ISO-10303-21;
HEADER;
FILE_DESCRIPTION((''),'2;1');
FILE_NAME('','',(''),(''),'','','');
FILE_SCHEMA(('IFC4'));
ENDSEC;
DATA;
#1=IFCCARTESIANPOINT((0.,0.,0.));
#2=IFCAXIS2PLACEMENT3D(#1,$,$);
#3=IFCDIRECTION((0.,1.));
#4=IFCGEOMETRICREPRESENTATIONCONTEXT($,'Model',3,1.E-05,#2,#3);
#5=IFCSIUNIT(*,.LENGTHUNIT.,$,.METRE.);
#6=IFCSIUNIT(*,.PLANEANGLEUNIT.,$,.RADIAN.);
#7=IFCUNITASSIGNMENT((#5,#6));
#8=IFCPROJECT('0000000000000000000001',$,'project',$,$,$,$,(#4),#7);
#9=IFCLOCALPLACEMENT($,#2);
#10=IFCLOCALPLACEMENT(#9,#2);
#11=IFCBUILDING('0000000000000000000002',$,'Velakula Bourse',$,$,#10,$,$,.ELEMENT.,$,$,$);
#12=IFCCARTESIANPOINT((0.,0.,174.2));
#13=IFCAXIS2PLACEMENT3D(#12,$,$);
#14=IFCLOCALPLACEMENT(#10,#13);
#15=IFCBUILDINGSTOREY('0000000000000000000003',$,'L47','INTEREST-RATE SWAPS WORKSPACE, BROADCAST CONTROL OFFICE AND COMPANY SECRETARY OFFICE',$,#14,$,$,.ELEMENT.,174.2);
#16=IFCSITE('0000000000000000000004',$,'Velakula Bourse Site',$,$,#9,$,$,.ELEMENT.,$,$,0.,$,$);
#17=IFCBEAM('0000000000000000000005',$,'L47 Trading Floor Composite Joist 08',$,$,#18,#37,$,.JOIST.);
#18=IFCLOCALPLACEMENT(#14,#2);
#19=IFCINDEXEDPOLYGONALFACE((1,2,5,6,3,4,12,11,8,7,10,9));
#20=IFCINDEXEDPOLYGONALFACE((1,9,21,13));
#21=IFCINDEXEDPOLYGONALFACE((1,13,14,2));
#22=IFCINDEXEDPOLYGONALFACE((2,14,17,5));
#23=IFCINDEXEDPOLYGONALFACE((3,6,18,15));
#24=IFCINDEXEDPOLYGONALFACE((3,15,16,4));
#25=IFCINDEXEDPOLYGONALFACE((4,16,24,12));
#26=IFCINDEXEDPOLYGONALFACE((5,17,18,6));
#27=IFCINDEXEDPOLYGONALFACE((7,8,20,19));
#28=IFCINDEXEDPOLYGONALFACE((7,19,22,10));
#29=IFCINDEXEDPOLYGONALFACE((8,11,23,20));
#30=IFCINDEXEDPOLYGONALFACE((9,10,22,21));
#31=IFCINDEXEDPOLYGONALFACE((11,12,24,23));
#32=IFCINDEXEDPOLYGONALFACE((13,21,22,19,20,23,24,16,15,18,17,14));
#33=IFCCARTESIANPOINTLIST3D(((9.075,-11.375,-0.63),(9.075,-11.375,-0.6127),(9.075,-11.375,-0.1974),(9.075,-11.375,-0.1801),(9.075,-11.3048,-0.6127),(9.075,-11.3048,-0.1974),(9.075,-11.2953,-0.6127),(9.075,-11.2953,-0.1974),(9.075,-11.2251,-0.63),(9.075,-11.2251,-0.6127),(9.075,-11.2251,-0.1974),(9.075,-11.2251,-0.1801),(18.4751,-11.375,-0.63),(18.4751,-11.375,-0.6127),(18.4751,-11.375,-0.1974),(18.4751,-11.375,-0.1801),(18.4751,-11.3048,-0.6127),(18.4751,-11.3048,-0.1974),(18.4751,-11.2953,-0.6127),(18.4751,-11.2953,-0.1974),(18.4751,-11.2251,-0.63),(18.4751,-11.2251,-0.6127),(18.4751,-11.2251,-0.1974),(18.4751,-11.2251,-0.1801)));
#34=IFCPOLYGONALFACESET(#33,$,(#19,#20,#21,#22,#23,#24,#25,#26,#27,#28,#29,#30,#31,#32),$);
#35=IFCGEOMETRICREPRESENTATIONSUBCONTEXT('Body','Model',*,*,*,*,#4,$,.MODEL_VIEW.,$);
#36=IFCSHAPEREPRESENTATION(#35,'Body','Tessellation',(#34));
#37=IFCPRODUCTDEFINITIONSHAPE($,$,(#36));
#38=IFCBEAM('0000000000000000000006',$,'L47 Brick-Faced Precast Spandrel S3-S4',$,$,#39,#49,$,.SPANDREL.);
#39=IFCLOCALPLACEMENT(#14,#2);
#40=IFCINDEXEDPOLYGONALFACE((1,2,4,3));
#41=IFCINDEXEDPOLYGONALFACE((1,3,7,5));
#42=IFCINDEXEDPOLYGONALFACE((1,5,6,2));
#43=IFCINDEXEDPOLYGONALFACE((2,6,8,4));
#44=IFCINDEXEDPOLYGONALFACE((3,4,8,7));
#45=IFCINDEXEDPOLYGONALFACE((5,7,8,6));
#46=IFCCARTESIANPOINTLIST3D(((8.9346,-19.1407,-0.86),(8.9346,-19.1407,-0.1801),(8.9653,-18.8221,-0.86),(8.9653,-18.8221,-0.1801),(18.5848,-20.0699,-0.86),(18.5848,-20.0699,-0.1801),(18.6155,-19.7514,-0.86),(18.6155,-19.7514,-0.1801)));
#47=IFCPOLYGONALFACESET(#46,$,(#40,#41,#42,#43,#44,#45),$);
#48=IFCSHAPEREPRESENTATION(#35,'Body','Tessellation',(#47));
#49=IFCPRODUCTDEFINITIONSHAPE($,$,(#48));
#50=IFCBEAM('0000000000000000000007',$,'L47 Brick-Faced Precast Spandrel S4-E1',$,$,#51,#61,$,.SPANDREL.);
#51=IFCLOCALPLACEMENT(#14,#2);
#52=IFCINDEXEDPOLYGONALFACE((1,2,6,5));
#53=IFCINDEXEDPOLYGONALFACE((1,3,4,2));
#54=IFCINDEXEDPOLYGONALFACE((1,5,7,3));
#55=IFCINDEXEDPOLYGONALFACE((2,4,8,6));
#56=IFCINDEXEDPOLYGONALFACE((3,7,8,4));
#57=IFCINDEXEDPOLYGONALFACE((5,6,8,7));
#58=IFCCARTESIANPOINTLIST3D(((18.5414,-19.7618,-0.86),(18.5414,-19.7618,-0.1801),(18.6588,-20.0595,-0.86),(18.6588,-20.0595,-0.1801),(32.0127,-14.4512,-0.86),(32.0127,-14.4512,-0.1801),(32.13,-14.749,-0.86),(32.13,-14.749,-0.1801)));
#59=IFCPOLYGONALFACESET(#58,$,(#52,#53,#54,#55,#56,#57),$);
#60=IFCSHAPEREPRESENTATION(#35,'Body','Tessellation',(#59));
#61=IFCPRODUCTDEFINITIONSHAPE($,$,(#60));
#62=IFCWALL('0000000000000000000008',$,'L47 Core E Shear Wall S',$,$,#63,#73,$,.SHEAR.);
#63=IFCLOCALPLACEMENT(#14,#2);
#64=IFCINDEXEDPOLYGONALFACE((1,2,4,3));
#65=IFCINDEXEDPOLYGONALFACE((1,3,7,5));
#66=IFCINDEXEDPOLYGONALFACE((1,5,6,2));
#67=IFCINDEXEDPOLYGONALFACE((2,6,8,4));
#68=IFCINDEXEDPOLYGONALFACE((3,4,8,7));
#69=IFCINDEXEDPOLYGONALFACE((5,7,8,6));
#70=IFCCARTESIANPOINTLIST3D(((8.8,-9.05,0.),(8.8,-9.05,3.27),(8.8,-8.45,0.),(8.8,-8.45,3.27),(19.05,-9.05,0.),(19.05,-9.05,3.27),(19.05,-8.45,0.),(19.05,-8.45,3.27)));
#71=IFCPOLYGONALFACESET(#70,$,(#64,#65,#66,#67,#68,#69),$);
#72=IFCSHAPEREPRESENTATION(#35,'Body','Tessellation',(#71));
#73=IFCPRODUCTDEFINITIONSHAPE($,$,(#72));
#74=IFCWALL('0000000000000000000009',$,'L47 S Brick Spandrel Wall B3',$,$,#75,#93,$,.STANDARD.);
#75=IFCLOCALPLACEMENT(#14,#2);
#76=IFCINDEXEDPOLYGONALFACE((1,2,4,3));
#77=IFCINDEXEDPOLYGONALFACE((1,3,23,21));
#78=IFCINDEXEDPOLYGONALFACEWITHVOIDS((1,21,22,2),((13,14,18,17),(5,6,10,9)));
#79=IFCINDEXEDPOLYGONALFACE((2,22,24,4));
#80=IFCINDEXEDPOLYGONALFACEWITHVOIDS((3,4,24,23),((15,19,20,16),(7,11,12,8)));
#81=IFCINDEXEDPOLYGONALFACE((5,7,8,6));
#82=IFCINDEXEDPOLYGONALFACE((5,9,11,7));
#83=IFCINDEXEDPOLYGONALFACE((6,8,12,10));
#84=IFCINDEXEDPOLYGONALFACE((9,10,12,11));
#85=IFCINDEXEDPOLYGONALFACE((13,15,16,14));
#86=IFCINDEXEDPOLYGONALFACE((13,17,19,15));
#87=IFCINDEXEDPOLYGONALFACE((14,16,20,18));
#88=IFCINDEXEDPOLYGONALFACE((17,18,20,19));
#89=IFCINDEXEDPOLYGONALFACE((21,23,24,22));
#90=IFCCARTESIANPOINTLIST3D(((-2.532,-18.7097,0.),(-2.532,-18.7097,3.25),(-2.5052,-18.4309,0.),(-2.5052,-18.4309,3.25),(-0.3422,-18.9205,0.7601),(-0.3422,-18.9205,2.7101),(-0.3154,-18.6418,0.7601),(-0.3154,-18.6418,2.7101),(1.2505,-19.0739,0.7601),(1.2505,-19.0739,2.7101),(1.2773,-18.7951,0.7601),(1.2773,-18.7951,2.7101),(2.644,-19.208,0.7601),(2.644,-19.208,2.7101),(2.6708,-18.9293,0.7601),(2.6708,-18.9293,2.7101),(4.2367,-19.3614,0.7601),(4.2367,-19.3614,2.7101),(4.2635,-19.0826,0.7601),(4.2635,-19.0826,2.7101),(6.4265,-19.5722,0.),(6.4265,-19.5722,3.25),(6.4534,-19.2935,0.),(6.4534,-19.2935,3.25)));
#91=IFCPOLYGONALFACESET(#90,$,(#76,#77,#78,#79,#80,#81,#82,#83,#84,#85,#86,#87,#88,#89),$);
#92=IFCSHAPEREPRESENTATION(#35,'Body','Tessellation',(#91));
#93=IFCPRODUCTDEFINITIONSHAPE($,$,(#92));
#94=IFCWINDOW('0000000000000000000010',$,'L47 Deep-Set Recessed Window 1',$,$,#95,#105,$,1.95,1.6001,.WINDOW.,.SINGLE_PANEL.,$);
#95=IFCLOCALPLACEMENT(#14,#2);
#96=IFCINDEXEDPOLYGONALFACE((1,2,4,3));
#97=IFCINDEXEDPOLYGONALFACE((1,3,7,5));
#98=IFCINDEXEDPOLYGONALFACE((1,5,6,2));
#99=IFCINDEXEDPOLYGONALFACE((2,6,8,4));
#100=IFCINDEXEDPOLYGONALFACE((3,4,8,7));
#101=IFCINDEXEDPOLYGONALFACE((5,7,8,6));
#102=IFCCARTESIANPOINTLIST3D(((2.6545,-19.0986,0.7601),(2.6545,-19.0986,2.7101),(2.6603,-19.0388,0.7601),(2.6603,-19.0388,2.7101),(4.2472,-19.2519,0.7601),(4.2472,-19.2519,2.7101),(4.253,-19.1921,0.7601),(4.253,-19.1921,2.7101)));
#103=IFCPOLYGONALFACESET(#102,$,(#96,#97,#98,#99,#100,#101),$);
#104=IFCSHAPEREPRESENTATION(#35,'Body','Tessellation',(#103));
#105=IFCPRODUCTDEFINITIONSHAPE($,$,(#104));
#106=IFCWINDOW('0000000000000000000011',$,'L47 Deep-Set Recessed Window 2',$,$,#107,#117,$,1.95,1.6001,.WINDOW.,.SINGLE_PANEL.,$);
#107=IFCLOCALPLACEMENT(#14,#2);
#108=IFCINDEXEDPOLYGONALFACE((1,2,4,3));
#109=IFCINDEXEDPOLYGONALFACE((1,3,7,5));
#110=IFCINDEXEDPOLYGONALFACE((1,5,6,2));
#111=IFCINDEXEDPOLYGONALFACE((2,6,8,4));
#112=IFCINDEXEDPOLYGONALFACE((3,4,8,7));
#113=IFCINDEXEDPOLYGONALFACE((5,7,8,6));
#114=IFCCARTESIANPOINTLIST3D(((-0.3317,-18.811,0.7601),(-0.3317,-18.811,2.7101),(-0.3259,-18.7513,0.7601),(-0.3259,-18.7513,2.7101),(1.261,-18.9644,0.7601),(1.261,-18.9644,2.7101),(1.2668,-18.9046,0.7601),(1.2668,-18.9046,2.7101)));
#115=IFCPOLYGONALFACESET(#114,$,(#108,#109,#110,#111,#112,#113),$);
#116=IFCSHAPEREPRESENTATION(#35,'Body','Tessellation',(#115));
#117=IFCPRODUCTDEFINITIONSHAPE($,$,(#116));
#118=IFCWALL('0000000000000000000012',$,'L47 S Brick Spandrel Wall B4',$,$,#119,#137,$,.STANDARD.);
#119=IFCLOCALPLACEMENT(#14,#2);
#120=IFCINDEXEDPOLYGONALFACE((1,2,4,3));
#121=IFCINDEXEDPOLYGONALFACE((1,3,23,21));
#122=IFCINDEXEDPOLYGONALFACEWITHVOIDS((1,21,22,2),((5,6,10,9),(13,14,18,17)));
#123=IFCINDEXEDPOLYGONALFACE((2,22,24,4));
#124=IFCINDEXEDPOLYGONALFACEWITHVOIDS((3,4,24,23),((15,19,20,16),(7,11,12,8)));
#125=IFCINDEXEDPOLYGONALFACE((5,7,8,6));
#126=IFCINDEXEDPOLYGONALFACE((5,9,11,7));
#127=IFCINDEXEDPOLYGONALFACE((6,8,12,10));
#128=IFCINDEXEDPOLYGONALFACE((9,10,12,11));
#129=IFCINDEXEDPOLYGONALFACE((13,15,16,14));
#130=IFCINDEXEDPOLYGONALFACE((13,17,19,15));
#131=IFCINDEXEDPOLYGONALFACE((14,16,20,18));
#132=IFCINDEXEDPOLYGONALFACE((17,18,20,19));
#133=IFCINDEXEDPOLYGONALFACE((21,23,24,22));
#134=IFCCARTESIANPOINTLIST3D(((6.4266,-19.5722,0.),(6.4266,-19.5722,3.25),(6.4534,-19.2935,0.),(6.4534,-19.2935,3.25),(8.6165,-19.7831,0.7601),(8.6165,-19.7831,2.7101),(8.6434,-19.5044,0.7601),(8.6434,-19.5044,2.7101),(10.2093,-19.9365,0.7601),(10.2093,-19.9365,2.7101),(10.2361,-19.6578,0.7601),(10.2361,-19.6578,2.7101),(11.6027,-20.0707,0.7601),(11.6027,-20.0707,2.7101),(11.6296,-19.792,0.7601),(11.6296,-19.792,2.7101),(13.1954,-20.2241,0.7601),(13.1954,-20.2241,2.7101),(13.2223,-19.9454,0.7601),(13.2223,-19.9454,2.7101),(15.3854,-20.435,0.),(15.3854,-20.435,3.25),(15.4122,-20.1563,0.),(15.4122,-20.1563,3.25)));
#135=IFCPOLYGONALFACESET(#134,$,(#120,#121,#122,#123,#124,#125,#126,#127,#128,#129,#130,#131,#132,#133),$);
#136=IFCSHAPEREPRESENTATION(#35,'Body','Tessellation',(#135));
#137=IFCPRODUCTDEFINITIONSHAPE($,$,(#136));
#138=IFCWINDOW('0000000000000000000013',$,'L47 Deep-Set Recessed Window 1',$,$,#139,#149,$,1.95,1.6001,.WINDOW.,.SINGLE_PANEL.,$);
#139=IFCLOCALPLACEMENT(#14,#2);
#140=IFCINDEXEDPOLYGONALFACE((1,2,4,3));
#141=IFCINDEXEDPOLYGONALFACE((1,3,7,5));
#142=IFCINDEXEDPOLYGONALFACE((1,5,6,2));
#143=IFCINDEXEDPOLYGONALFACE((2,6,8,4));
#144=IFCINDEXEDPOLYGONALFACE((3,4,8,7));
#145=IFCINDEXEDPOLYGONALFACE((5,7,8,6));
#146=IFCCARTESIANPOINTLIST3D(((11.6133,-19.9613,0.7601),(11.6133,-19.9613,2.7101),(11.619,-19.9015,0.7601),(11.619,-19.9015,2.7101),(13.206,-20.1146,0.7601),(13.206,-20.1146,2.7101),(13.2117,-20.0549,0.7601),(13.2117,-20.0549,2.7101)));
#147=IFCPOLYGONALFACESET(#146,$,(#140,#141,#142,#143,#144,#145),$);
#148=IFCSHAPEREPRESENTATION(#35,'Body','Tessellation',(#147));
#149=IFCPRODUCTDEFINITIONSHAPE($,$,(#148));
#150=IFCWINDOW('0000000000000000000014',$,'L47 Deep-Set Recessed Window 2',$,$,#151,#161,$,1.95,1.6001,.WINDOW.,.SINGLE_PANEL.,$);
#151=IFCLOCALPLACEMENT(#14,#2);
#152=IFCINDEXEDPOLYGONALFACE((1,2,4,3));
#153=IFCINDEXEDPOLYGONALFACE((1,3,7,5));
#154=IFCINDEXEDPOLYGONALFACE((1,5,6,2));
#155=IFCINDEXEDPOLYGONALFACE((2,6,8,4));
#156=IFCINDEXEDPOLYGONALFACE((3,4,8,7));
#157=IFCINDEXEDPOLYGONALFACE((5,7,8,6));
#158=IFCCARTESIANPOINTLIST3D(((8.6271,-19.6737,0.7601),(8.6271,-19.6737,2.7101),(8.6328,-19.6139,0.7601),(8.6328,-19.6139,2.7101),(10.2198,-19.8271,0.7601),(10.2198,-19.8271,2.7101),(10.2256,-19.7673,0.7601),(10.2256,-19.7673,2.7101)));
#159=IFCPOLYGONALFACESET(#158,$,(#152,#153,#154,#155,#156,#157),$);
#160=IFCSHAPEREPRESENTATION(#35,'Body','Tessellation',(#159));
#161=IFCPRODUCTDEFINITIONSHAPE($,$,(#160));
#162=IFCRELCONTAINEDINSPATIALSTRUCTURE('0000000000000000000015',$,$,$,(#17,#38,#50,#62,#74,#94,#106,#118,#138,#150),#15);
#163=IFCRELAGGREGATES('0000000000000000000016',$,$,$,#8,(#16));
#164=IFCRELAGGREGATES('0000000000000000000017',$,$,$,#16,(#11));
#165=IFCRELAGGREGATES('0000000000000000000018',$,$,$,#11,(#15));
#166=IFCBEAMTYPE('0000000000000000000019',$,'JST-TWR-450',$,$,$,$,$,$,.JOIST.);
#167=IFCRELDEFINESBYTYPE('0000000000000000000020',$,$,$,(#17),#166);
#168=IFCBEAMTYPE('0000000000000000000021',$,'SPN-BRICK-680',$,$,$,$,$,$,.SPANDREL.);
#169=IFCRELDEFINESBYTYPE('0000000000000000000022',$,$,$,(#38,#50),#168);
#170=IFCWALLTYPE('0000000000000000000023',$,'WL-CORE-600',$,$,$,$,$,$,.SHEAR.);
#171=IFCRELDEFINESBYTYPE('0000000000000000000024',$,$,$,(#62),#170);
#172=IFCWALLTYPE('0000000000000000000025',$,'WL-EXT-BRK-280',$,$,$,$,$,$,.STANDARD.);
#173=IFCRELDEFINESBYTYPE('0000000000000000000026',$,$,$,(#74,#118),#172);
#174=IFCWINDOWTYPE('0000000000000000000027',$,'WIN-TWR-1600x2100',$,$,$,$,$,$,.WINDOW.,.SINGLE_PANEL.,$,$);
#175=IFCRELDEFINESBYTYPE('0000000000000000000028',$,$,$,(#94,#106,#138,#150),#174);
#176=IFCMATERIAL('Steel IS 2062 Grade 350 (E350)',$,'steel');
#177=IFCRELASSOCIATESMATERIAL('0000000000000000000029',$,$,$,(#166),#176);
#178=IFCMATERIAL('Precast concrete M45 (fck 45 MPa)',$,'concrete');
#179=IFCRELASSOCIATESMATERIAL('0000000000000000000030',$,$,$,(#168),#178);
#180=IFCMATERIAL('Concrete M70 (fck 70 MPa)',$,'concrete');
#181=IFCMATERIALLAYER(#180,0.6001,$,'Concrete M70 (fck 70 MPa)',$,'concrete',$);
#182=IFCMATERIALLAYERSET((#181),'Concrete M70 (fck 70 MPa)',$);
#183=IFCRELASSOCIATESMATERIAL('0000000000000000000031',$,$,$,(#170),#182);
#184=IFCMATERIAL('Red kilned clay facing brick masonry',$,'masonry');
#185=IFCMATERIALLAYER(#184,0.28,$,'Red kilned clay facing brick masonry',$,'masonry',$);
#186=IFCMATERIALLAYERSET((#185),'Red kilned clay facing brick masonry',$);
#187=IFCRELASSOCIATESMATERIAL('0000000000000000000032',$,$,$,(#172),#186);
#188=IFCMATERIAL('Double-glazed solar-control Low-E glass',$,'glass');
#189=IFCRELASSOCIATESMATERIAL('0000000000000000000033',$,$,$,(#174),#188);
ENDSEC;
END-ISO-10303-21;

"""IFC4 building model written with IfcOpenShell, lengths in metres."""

from ifc_helpers import new_model, si_unit, direction, frame, frame_2d, origin, origin_2d, place, context, subcontext, project, spatial, rectangle, i_section, extrude, material, layer, layer_set, material_profile, profile_set, type_object, element, fill, save


model = new_model("IFC4")

# Units and contexts
model_context = context("Model", 3, precision=1e-05, world=origin(), true_north=direction((0.0, 1.0)))
body_context = subcontext(model_context, "Body", "Model", "MODEL_VIEW")
ifc_project = project(units=[si_unit("LENGTHUNIT", "METRE"), si_unit("PLANEANGLEUNIT", "RADIAN")], contexts=[model_context])

# Site, building, storey
site_placement = place(None, origin())
site = spatial("IfcSite", under=ifc_project, at=site_placement, Name="Velakula Bourse Site", CompositionType="ELEMENT", RefElevation=0.0)
building_placement = place(site_placement, origin())
building = spatial("IfcBuilding", under=site, at=building_placement, Name="Velakula Bourse", CompositionType="ELEMENT")
storey_placement = place(building_placement, frame((0.0, 0.0, 174.2)))
storey = spatial("IfcBuildingStorey", under=building, at=storey_placement, Name="L47", Description="INTEREST-RATE SWAPS WORKSPACE, BROADCAST CONTROL OFFICE AND COMPANY SECRETARY OFFICE", CompositionType="ELEMENT", Elevation=174.2)

# Shared definitions
ifc_material_1 = material(Name="Concrete M70 (fck 70 MPa)", Category="concrete")
ifc_material_2 = material(Name="Steel IS 2062 Grade 350 (E350)", Category="steel")

# Beams
ifc_material_profile_1 = material_profile(ifc_material_2, i_section(OverallWidth=0.1499, OverallDepth=0.45, WebThickness=0.0095, FlangeThickness=0.0173, at=origin_2d()), Name="Steel IS 2062 Grade 350 (E350)")
ifc_profile_set_1 = profile_set([ifc_material_profile_1], Name="Steel IS 2062 Grade 350 (E350)")
beam_type_1 = type_object("IfcBeamType", Name="JST-TWR-450", PredefinedType="JOIST", material=ifc_profile_set_1)
for number, where, z_axis, x_axis, name in (
    (1, (9.075, -11.3, -0.405), (1.0, 0.0, 0.0), (0.0, 1.0, 0.0), "L47 Trading Floor Composite Joist 08"),
):
    element("IfcBeam", number, at=place(storey_placement, frame(where, z_axis=z_axis, x_axis=x_axis)), inside=storey, type_object=beam_type_1, Name=name, PredefinedType="JOIST", context=body_context, shape_type="SweptSolid", body=[
        extrude(i_section(OverallWidth=0.1499, OverallDepth=0.45, WebThickness=0.0095, FlangeThickness=0.0173, at=origin_2d()), origin(), (0.0, 0.0, 1.0), 9.4001),
    ])
ifc_material_3 = material(Name="Precast concrete M45 (fck 45 MPa)", Category="concrete")
ifc_material_profile_2 = material_profile(ifc_material_3, rectangle(XDim=0.3201, YDim=0.6799, at=origin_2d()), Name="Precast concrete M45 (fck 45 MPa)")
ifc_profile_set_2 = profile_set([ifc_material_profile_2], Name="Precast concrete M45 (fck 45 MPa)")
beam_type_2 = type_object("IfcBeamType", Name="SPN-BRICK-680", PredefinedType="SPANDREL", material=ifc_profile_set_2)
beam_1_placement = place(storey_placement, frame((8.95, -18.9814, -0.52), z_axis=(0.995396, -0.095845, 0.0), x_axis=(0.095845, 0.995396, 0.0)))
element("IfcBeam", 2, at=beam_1_placement, inside=storey, type_object=beam_type_2, Name="L47 Brick-Faced Precast Spandrel S3-S4", PredefinedType="SPANDREL", context=body_context, shape_type="SweptSolid", body=[
    extrude(rectangle(XDim=0.3201, YDim=0.6799, at=origin_2d()), origin(), (0.0, 0.0, 1.0), 9.6948),
])
beam_2_placement = place(storey_placement, frame((18.6001, -19.9106, -0.52), z_axis=(0.930321, 0.366747, 0.0), x_axis=(-0.366747, 0.930321, 0.0)))
element("IfcBeam", 3, at=beam_2_placement, inside=storey, type_object=beam_type_2, Name="L47 Brick-Faced Precast Spandrel S4-E1", PredefinedType="SPANDREL", context=body_context, shape_type="SweptSolid", body=[
    extrude(rectangle(XDim=0.3201, YDim=0.6799, at=origin_2d()), origin(), (0.0, 0.0, 1.0), 14.4802),
])

# Wall
ifc_layer_1 = layer(ifc_material_1, 0.6001, Name="Concrete M70 (fck 70 MPa)", Category="concrete")
ifc_layer_set_1 = layer_set([ifc_layer_1], Name="Concrete M70 (fck 70 MPa)")
wall_type_1 = type_object("IfcWallType", Name="WL-CORE-600", PredefinedType="SHEAR", material=ifc_layer_set_1)
wall_1_placement = place(storey_placement, frame((8.8, -8.75, 0.0), z_axis=(0.0, 0.0, 1.0), x_axis=(1.0, 0.0, 0.0)))
element("IfcWall", 4, at=wall_1_placement, inside=storey, type_object=wall_type_1, Name="L47 Core E Shear Wall S", PredefinedType="SHEAR", context=body_context, shape_type="SweptSolid", body=[
    extrude(rectangle(XDim=10.25, YDim=0.6001, at=frame_2d((5.125, 0.0))), origin(), (0.0, 0.0, 1.0), 3.27),
])

# Walls, openings, windows
ifc_material_4 = material(Name="Red kilned clay facing brick masonry", Category="masonry")
ifc_layer_2 = layer(ifc_material_4, 0.28, Name="Red kilned clay facing brick masonry", Category="masonry")
ifc_layer_set_2 = layer_set([ifc_layer_2], Name="Red kilned clay facing brick masonry")
wall_type_2 = type_object("IfcWallType", Name="WL-EXT-BRK-280", PredefinedType="STANDARD", material=ifc_layer_set_2)
wall_2_placement = place(storey_placement, frame((6.4399, -19.4329, 0.0), z_axis=(0.0, 0.0, 1.0), x_axis=(-0.995397, 0.09584, 0.0)))
wall_2 = element("IfcWall", 5, at=wall_2_placement, inside=storey, type_object=wall_type_2, Name="L47 S Brick Spandrel Wall B3", PredefinedType="STANDARD", context=body_context, shape_type="SweptSolid", body=[
    extrude(rectangle(XDim=9.0, YDim=0.28, at=frame_2d((4.5, 0.0))), origin(), (0.0, 0.0, 1.0), 3.25),
])
opening_1_placement = place(wall_2_placement, frame((2.2, 0.0, 0.76)))
opening_1 = element("IfcOpeningElement", 6, at=opening_1_placement, cuts=wall_2, PredefinedType="OPENING", context=body_context, shape_type="SweptSolid", body=[
    extrude(rectangle(XDim=1.6001, YDim=1.95, at=frame_2d((0.8, 0.9751))), frame((0.0, 0.1499, 0.0), z_axis=(0.0, -1.0, 0.0), x_axis=(1.0, 0.0, 0.0)), (0.0, 0.0, 1.0), 0.3),
])
opening_2_placement = place(wall_2_placement, frame((5.2, 0.0, 0.76)))
opening_2 = element("IfcOpeningElement", 7, at=opening_2_placement, cuts=wall_2, PredefinedType="OPENING", context=body_context, shape_type="SweptSolid", body=[
    extrude(rectangle(XDim=1.6001, YDim=1.95, at=frame_2d((0.8, 0.9751))), frame((0.0, 0.1499, 0.0), z_axis=(0.0, -1.0, 0.0), x_axis=(1.0, 0.0, 0.0)), (0.0, 0.0, 1.0), 0.3),
])
ifc_material_5 = material(Name="Double-glazed solar-control Low-E glass", Category="glass")
window_type = type_object("IfcWindowType", Name="WIN-TWR-1600x2100", PartitioningType="SINGLE_PANEL", PredefinedType="WINDOW", material=ifc_material_5)
window_1_placement = place(opening_1_placement, origin())
window_1 = element("IfcWindow", 8, at=window_1_placement, inside=storey, type_object=window_type, Name="L47 Deep-Set Recessed Window 1", OverallHeight=1.95, OverallWidth=1.6001, PartitioningType="SINGLE_PANEL", PredefinedType="WINDOW", context=body_context, shape_type="SweptSolid", body=[
    extrude(rectangle(XDim=1.6001, YDim=1.95, at=frame_2d((0.8, 0.9751))), frame((0.0, 0.03, 0.0), z_axis=(0.0, -1.0, 0.0), x_axis=(1.0, 0.0, 0.0)), (0.0, 0.0, 1.0), 0.0601),
])
fill(opening_1, window_1)
window_2_placement = place(opening_2_placement, origin())
window_2 = element("IfcWindow", 9, at=window_2_placement, inside=storey, type_object=window_type, Name="L47 Deep-Set Recessed Window 2", OverallHeight=1.95, OverallWidth=1.6001, PartitioningType="SINGLE_PANEL", PredefinedType="WINDOW", context=body_context, shape_type="SweptSolid", body=[
    extrude(rectangle(XDim=1.6001, YDim=1.95, at=frame_2d((0.8, 0.9751))), frame((0.0, 0.03, 0.0), z_axis=(0.0, -1.0, 0.0), x_axis=(1.0, 0.0, 0.0)), (0.0, 0.0, 1.0), 0.0601),
])
fill(opening_2, window_2)
wall_3_placement = place(storey_placement, frame((15.3987, -20.2957, 0.0), z_axis=(0.0, 0.0, 1.0), x_axis=(-0.995394, 0.095864, 0.0)))
wall_3 = element("IfcWall", 10, at=wall_3_placement, inside=storey, type_object=wall_type_2, Name="L47 S Brick Spandrel Wall B4", PredefinedType="STANDARD", context=body_context, shape_type="SweptSolid", body=[
    extrude(rectangle(XDim=9.0002, YDim=0.28, at=frame_2d((4.5, 0.0))), origin(), (0.0, 0.0, 1.0), 3.25),
])
opening_3_placement = place(wall_3_placement, frame((2.2, 0.0, 0.76)))
opening_3 = element("IfcOpeningElement", 11, at=opening_3_placement, cuts=wall_3, PredefinedType="OPENING", context=body_context, shape_type="SweptSolid", body=[
    extrude(rectangle(XDim=1.6001, YDim=1.95, at=frame_2d((0.8, 0.9751))), frame((0.0, 0.1499, 0.0), z_axis=(0.0, -1.0, 0.0), x_axis=(1.0, 0.0, 0.0)), (0.0, 0.0, 1.0), 0.3),
])
opening_4_placement = place(wall_3_placement, frame((5.2, 0.0, 0.76)))
opening_4 = element("IfcOpeningElement", 12, at=opening_4_placement, cuts=wall_3, PredefinedType="OPENING", context=body_context, shape_type="SweptSolid", body=[
    extrude(rectangle(XDim=1.6001, YDim=1.95, at=frame_2d((0.8, 0.9751))), frame((0.0, 0.1499, 0.0), z_axis=(0.0, -1.0, 0.0), x_axis=(1.0, 0.0, 0.0)), (0.0, 0.0, 1.0), 0.3),
])
window_3_placement = place(opening_3_placement, origin())
window_3 = element("IfcWindow", 13, at=window_3_placement, inside=storey, type_object=window_type, Name="L47 Deep-Set Recessed Window 1", OverallHeight=1.95, OverallWidth=1.6001, PartitioningType="SINGLE_PANEL", PredefinedType="WINDOW", context=body_context, shape_type="SweptSolid", body=[
    extrude(rectangle(XDim=1.6001, YDim=1.95, at=frame_2d((0.8, 0.9751))), frame((0.0, 0.03, 0.0), z_axis=(0.0, -1.0, 0.0), x_axis=(1.0, 0.0, 0.0)), (0.0, 0.0, 1.0), 0.0601),
])
fill(opening_3, window_3)
window_4_placement = place(opening_4_placement, origin())
window_4 = element("IfcWindow", 14, at=window_4_placement, inside=storey, type_object=window_type, Name="L47 Deep-Set Recessed Window 2", OverallHeight=1.95, OverallWidth=1.6001, PartitioningType="SINGLE_PANEL", PredefinedType="WINDOW", context=body_context, shape_type="SweptSolid", body=[
    extrude(rectangle(XDim=1.6001, YDim=1.95, at=frame_2d((0.8, 0.9751))), frame((0.0, 0.03, 0.0), z_axis=(0.0, -1.0, 0.0), x_axis=(1.0, 0.0, 0.0)), (0.0, 0.0, 1.0), 0.0601),
])
fill(opening_4, window_4)

save(model, "model.ifc")
